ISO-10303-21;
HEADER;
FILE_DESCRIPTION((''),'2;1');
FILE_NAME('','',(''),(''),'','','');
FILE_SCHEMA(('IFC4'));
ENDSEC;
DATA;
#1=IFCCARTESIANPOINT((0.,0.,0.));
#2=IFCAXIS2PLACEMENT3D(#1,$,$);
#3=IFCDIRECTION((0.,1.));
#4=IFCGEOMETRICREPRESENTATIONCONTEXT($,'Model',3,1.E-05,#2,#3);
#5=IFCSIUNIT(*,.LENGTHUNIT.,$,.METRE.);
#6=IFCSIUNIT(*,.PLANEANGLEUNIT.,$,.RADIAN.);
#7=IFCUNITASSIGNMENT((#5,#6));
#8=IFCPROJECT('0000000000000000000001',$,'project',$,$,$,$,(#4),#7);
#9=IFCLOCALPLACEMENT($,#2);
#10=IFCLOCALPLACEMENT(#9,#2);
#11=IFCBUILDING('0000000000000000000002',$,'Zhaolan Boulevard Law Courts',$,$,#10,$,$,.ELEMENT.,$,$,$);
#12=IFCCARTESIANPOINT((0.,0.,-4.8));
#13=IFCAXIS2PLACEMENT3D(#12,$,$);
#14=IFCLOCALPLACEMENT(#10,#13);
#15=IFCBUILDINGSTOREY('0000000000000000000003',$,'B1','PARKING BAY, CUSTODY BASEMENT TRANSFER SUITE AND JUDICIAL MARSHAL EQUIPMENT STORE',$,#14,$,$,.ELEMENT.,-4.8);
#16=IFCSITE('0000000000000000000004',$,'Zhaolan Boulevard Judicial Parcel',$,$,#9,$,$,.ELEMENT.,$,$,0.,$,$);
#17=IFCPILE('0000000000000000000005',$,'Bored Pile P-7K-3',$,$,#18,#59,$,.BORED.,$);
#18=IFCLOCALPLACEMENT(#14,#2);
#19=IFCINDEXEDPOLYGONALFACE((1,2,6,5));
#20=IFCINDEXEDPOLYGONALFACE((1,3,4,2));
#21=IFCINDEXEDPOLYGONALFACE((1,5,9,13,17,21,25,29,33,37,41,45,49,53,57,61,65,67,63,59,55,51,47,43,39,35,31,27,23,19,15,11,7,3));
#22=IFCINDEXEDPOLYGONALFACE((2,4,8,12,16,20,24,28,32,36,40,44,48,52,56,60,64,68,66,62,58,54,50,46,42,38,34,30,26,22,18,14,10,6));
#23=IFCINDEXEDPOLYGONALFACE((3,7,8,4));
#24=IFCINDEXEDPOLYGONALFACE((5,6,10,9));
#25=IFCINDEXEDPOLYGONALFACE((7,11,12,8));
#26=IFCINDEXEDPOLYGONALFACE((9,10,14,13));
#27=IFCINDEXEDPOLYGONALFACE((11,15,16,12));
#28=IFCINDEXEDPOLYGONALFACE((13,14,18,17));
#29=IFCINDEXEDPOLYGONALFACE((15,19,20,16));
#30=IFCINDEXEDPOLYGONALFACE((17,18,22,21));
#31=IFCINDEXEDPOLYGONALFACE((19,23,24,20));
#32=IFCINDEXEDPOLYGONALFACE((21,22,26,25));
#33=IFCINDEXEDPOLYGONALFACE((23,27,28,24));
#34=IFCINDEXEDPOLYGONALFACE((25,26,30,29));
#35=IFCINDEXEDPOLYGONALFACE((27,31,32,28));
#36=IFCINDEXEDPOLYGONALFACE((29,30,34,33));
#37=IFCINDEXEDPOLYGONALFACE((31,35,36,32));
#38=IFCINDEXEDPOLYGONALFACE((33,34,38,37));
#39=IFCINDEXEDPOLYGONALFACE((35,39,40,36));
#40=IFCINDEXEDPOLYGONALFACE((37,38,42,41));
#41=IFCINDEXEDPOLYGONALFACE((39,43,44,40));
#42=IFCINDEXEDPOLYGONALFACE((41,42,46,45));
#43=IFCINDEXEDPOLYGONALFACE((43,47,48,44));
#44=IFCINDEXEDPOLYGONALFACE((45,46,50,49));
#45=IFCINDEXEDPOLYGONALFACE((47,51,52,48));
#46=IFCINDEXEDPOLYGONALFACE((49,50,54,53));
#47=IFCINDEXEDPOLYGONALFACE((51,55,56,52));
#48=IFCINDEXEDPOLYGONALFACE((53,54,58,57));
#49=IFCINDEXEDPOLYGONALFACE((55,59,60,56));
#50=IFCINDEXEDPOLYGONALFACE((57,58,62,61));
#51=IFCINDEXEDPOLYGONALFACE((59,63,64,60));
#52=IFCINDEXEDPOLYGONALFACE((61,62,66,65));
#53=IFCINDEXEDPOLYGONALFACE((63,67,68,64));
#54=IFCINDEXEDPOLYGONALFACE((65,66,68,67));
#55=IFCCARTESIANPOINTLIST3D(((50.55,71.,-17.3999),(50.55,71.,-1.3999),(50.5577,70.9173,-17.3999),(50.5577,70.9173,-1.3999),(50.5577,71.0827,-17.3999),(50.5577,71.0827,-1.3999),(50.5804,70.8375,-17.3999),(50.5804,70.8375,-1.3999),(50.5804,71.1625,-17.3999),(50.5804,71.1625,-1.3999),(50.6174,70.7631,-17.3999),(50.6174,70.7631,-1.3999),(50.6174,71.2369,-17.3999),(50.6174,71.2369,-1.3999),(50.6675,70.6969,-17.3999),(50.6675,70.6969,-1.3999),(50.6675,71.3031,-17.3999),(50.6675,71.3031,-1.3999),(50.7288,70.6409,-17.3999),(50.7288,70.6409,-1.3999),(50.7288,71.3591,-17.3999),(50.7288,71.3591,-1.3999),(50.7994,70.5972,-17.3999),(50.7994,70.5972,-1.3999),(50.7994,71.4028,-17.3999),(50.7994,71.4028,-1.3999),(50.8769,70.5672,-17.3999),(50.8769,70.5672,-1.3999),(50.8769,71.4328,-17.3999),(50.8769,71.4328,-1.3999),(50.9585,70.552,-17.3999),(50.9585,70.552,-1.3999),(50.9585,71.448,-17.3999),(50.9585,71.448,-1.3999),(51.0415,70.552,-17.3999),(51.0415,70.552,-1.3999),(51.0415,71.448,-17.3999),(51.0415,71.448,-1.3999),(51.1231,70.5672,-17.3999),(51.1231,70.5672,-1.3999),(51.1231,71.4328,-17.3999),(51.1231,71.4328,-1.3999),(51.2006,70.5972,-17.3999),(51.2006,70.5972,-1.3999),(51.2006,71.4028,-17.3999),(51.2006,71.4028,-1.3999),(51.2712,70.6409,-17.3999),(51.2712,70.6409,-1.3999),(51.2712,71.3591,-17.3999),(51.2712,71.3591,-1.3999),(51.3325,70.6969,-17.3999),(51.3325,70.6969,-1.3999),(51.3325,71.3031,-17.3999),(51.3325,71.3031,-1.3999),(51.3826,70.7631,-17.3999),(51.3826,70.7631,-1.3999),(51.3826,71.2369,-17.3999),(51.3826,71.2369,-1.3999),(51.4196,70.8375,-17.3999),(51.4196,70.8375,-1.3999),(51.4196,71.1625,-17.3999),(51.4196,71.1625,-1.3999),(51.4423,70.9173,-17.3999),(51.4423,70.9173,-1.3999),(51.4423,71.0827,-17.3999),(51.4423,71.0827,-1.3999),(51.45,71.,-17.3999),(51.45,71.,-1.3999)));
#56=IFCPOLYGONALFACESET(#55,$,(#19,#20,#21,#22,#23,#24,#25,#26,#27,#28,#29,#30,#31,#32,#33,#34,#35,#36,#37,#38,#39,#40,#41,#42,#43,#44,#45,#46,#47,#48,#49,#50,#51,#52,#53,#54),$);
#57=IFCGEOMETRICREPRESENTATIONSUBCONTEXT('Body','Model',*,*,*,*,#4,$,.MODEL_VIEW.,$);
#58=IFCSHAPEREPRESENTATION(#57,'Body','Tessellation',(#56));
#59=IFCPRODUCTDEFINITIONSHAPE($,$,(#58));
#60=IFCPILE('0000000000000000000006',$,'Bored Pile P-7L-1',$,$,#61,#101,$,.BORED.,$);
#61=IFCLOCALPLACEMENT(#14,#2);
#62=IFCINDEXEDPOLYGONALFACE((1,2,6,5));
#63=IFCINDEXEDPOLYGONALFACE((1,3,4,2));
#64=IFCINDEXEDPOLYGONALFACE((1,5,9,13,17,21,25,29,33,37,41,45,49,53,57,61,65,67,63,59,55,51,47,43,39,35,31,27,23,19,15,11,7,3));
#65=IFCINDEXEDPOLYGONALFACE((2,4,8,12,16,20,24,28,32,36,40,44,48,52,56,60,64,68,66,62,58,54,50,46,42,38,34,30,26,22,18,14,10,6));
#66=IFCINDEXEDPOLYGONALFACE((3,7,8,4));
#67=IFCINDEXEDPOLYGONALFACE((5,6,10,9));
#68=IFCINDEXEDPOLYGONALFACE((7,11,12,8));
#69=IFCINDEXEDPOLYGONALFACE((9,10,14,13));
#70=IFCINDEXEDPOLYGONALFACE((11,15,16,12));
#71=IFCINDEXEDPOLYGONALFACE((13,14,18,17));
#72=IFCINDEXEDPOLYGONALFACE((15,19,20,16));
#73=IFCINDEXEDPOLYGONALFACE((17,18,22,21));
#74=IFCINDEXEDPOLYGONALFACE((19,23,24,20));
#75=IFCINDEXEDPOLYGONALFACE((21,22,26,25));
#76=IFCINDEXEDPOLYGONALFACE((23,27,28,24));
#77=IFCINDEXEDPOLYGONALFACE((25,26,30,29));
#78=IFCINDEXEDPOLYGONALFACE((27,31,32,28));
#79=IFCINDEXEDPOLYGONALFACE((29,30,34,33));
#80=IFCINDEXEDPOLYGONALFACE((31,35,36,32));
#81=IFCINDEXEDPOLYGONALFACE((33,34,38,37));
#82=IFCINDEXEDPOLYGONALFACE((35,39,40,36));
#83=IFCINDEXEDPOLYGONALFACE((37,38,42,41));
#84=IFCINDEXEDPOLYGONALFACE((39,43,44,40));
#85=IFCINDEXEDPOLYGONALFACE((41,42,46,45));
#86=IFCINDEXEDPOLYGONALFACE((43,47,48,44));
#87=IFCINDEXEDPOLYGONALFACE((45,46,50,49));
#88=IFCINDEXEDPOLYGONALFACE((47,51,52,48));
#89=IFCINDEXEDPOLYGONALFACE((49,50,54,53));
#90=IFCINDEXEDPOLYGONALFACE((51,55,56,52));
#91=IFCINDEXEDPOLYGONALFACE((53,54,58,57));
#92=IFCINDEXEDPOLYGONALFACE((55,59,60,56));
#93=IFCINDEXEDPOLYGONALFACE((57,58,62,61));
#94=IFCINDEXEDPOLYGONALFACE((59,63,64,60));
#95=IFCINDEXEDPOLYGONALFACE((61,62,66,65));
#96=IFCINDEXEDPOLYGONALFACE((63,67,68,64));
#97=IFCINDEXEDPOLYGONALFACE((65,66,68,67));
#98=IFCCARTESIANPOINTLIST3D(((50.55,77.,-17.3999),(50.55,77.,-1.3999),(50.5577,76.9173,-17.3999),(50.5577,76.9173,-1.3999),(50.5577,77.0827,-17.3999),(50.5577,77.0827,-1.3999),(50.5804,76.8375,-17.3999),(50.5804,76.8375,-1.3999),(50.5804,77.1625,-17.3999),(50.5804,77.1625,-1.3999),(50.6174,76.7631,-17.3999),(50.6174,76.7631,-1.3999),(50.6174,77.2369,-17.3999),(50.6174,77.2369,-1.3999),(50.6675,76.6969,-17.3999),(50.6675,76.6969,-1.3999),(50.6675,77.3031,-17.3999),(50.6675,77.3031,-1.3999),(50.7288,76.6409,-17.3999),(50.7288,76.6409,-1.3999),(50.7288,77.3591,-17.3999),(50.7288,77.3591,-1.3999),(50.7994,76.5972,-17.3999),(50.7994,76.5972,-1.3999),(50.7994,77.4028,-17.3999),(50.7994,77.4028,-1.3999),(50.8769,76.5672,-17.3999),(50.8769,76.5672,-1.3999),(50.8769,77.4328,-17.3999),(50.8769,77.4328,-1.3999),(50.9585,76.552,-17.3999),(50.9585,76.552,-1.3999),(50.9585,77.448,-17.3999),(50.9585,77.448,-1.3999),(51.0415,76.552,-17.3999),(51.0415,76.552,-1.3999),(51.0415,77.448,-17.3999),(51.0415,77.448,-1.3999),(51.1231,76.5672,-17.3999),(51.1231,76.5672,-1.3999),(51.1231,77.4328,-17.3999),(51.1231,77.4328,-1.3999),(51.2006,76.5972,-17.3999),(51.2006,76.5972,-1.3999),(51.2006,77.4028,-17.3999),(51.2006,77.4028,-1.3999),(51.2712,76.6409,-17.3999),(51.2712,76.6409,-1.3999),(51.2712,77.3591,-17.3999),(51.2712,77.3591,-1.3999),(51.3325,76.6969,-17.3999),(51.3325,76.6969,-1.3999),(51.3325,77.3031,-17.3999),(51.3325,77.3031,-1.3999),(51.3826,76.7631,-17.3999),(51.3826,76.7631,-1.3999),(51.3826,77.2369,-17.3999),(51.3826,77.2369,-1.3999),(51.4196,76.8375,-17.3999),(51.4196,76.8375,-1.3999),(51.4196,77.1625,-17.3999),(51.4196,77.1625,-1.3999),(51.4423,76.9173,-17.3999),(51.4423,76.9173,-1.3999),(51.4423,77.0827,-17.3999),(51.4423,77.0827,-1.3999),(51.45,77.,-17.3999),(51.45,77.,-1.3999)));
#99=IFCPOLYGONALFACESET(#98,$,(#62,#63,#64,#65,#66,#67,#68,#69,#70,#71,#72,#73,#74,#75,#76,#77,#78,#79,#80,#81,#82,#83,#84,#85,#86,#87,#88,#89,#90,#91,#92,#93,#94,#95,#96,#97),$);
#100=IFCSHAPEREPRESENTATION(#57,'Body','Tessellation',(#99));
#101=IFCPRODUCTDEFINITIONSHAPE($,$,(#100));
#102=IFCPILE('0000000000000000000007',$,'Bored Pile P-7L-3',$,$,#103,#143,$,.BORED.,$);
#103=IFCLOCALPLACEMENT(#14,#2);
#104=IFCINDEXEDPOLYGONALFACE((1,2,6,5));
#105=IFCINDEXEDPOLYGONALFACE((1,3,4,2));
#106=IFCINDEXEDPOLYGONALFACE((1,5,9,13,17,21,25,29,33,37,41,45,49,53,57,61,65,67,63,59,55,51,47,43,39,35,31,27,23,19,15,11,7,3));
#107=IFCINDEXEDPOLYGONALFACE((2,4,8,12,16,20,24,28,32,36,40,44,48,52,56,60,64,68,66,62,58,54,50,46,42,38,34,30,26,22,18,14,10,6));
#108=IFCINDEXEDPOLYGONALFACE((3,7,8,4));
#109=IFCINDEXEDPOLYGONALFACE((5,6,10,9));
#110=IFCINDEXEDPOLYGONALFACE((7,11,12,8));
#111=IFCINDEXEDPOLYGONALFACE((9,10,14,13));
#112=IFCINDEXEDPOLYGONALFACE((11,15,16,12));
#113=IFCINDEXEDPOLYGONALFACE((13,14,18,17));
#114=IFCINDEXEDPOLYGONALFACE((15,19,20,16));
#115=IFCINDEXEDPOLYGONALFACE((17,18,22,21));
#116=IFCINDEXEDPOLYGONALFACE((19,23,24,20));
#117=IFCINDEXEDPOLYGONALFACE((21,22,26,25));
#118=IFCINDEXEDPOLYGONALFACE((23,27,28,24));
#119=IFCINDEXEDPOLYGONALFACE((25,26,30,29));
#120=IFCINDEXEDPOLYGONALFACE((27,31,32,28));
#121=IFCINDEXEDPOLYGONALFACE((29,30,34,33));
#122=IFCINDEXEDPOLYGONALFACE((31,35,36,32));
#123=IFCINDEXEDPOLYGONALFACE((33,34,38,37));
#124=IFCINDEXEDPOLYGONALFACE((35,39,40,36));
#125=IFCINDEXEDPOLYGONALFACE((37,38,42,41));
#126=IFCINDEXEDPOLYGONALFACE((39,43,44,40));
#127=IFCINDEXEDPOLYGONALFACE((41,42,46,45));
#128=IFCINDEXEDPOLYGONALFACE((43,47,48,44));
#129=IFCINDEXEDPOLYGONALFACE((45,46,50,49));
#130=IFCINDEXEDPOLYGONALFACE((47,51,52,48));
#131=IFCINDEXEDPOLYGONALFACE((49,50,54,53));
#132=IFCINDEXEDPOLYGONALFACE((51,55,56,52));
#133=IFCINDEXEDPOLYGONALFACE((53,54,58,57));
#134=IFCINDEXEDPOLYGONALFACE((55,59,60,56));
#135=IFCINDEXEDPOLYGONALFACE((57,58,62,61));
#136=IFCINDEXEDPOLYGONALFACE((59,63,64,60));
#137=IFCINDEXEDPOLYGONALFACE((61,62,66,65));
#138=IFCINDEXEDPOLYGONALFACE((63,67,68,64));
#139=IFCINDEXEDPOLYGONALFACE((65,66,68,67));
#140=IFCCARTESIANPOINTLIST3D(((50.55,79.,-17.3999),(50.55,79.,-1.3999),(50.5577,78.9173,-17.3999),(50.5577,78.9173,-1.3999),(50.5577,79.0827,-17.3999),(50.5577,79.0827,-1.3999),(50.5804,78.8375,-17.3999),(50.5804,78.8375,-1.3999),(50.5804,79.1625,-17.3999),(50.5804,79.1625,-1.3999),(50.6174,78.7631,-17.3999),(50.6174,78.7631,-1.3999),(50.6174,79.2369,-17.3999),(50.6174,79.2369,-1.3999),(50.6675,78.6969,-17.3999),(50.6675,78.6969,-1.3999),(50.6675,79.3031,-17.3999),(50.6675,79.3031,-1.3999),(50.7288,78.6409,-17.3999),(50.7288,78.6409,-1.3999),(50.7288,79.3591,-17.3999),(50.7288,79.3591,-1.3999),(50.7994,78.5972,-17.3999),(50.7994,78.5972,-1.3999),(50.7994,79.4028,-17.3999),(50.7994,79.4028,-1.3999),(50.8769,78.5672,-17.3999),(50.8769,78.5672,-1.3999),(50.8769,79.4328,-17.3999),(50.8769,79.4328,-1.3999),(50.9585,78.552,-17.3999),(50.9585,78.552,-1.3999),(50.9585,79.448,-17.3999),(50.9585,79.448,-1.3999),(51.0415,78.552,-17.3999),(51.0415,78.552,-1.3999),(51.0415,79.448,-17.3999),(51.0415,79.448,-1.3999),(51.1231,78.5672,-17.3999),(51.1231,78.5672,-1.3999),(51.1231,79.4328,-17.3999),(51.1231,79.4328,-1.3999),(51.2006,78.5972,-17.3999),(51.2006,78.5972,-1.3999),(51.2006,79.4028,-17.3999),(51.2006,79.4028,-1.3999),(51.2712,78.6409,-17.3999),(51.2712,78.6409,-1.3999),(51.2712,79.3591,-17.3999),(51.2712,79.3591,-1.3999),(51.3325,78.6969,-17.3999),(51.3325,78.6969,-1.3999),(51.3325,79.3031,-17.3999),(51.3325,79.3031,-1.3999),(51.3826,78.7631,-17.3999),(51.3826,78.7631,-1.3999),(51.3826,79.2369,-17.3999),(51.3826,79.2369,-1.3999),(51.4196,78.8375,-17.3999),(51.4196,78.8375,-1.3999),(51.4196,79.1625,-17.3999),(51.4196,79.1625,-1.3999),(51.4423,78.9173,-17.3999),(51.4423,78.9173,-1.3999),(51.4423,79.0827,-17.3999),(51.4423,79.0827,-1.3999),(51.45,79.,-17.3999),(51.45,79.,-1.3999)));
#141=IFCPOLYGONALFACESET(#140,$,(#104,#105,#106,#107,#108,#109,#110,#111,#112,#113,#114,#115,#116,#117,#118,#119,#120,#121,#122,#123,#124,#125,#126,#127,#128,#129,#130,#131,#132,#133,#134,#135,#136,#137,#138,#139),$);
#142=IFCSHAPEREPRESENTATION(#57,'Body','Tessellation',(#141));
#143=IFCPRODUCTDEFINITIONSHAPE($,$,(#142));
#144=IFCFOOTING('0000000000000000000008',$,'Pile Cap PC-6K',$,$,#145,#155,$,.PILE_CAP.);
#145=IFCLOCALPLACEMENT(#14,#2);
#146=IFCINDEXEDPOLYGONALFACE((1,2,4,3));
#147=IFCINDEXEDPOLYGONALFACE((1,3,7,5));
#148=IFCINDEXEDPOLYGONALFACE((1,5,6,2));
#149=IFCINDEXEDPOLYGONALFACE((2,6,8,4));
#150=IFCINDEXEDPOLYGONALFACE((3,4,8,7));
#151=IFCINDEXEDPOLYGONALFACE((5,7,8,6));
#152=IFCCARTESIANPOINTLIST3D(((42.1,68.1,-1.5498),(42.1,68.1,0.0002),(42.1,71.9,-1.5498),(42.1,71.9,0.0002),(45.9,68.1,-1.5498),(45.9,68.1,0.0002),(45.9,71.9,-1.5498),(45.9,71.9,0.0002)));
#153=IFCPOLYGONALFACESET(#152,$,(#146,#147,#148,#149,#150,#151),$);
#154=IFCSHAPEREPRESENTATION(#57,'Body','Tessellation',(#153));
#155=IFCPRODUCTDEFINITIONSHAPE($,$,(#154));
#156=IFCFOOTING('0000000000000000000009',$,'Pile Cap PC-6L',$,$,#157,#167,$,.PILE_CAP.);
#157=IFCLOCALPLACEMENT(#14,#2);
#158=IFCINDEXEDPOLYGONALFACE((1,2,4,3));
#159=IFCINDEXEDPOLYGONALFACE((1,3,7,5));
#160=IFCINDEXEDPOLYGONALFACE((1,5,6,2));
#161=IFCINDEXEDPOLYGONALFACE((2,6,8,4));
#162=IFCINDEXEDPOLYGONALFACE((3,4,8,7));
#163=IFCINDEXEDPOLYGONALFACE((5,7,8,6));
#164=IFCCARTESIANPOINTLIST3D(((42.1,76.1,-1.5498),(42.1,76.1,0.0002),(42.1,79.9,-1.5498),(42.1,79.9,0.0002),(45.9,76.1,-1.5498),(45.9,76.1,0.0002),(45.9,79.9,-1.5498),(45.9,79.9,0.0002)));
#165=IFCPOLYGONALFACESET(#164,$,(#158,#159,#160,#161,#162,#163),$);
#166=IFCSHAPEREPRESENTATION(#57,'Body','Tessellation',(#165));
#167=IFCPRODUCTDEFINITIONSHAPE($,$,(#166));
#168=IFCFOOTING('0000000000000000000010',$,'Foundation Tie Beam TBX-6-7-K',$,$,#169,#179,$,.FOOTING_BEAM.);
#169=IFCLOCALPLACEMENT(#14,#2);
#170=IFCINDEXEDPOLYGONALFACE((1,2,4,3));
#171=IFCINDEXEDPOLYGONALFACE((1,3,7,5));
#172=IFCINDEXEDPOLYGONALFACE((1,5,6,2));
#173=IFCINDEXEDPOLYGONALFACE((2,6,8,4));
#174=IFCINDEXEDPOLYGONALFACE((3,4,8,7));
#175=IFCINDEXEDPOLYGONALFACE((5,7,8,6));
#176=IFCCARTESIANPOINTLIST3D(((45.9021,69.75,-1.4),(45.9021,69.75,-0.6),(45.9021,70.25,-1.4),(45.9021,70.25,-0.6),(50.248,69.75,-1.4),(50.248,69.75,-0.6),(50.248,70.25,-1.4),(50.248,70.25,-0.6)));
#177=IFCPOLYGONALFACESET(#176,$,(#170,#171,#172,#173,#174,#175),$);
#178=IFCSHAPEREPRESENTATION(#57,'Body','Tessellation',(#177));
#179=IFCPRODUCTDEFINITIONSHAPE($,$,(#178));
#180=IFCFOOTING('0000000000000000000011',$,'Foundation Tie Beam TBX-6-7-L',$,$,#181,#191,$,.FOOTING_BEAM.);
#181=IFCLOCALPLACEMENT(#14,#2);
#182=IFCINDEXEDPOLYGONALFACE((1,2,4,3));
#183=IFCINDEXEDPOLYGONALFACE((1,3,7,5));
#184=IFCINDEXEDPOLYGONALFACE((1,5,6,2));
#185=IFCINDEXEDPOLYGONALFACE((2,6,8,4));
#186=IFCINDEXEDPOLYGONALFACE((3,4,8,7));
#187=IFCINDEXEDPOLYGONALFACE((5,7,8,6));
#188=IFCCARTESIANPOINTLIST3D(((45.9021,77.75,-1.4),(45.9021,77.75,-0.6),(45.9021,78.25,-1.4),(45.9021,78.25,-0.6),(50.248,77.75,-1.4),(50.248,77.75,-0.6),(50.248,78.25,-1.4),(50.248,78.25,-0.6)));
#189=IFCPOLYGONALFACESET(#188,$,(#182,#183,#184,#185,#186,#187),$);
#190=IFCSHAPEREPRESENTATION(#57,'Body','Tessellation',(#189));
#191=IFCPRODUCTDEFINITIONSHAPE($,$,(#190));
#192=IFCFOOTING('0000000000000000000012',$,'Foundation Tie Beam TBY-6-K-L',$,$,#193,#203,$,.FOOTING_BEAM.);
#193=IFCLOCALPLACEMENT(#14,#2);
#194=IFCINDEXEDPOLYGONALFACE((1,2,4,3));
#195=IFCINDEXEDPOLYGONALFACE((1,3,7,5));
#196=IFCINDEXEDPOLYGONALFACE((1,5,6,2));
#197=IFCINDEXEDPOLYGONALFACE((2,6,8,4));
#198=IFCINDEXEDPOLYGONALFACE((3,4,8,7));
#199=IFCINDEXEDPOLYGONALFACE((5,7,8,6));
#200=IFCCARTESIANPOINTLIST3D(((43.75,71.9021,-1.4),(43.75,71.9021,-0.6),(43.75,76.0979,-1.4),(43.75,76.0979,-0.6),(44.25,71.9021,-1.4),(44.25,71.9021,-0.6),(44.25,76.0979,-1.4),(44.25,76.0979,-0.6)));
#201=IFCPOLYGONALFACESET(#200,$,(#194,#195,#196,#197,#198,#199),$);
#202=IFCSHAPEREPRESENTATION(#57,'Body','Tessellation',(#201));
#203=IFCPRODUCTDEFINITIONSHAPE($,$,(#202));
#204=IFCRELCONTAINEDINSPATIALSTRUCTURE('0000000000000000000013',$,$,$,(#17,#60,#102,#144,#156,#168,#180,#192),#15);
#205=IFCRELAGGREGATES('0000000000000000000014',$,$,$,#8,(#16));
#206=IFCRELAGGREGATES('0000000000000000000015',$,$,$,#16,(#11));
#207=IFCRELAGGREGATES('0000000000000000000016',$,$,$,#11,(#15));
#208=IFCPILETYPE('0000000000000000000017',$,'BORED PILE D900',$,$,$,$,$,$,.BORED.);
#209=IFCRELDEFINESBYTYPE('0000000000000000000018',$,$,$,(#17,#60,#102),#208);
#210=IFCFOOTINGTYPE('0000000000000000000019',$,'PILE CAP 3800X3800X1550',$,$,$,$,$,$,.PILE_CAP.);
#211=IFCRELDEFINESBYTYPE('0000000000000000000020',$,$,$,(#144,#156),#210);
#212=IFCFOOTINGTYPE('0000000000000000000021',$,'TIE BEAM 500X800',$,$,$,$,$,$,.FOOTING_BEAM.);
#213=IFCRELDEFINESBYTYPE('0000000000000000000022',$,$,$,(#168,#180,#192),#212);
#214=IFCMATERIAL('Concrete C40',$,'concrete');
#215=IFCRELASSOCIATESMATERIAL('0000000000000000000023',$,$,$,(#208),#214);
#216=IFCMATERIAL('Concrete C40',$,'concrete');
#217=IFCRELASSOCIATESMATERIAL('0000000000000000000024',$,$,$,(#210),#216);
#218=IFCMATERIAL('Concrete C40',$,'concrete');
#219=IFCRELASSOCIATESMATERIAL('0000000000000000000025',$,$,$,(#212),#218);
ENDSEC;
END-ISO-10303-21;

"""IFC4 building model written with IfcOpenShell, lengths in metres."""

from ifc_helpers import new_model, si_unit, direction, frame, origin, origin_2d, place, context, subcontext, project, spatial, rectangle, circle, extrude, material, material_profile, profile_set, type_object, element, save


model = new_model("IFC4")

# Units and contexts
model_context = context("Model", 3, precision=1e-05, world=origin(), true_north=direction((0.0, 1.0)))
body_context = subcontext(model_context, "Body", "Model", "MODEL_VIEW")
ifc_project = project(units=[si_unit("LENGTHUNIT", "METRE"), si_unit("PLANEANGLEUNIT", "RADIAN")], contexts=[model_context])

# Site, building, storey
site_placement = place(None, origin())
site = spatial("IfcSite", under=ifc_project, at=site_placement, Name="Zhaolan Boulevard Judicial Parcel", CompositionType="ELEMENT", RefElevation=0.0)
building_placement = place(site_placement, origin())
building = spatial("IfcBuilding", under=site, at=building_placement, Name="Zhaolan Boulevard Law Courts", CompositionType="ELEMENT")
storey_placement = place(building_placement, frame((0.0, 0.0, -4.8)))
storey = spatial("IfcBuildingStorey", under=building, at=storey_placement, Name="B1", Description="PARKING BAY, CUSTODY BASEMENT TRANSFER SUITE AND JUDICIAL MARSHAL EQUIPMENT STORE", CompositionType="ELEMENT", Elevation=-4.8)

# Piles
ifc_material_1 = material(Name="Concrete C40", Category="concrete")
ifc_material_profile_1 = material_profile(ifc_material_1, circle(Radius=0.45, at=origin_2d()), Name="PILE-D900")
ifc_profile_set_1 = profile_set([ifc_material_profile_1], Name="Concrete C40")
pile_type_1 = type_object("IfcPileType", Name="BORED PILE D900", PredefinedType="BORED", material=ifc_profile_set_1)
for number, where, z_axis, x_axis, name in (
    (1, (51.0, 71.0, -1.3999), (0.0, 0.0, -1.0), (1.0, 0.0, 0.0), "Bored Pile P-7K-3"),
    (2, (51.0, 77.0, -1.3999), (0.0, 0.0, -1.0), (1.0, 0.0, 0.0), "Bored Pile P-7L-1"),
    (3, (51.0, 79.0, -1.3999), (0.0, 0.0, -1.0), (1.0, 0.0, 0.0), "Bored Pile P-7L-3"),
):
    element("IfcPile", number, at=place(storey_placement, frame(where, z_axis=z_axis, x_axis=x_axis)), inside=storey, type_object=pile_type_1, Name=name, PredefinedType="BORED", context=body_context, shape_type="SweptSolid", body=[
        extrude(circle(Radius=0.45, at=origin_2d()), origin(), (0.0, 0.0, 1.0), 16.0),
    ])

# Footings
ifc_material_2 = material(Name="Concrete C40", Category="concrete")
footing_type_1 = type_object("IfcFootingType", Name="PILE CAP 3800X3800X1550", PredefinedType="PILE_CAP", material=ifc_material_2)
for number, where, z_axis, x_axis, name in (
    (4, (44.0, 70.0, -1.5498), (0.0, 0.0, 1.0), (1.0, 0.0, 0.0), "Pile Cap PC-6K"),
    (5, (44.0, 78.0, -1.5498), (0.0, 0.0, 1.0), (1.0, 0.0, 0.0), "Pile Cap PC-6L"),
):
    element("IfcFooting", number, at=place(storey_placement, frame(where, z_axis=z_axis, x_axis=x_axis)), inside=storey, type_object=footing_type_1, Name=name, PredefinedType="PILE_CAP", context=body_context, shape_type="SweptSolid", body=[
        extrude(rectangle(XDim=3.8, YDim=3.8, at=origin_2d()), origin(), (0.0, 0.0, 1.0), 1.55),
    ])
ifc_material_3 = material(Name="Concrete C40", Category="concrete")
ifc_material_profile_2 = material_profile(ifc_material_3, rectangle(XDim=0.5, YDim=0.8, at=origin_2d()), Name="RC500x800")
ifc_profile_set_2 = profile_set([ifc_material_profile_2], Name="Concrete C40")
footing_type_2 = type_object("IfcFootingType", Name="TIE BEAM 500X800", PredefinedType="FOOTING_BEAM", material=ifc_profile_set_2)
for number, where, z_axis, x_axis, name in (
    (6, (45.9021, 70.0, -1.0), (1.0, 0.0, 0.0), (0.0, 1.0, 0.0), "Foundation Tie Beam TBX-6-7-K"),
    (7, (45.9021, 78.0, -1.0), (1.0, 0.0, 0.0), (0.0, 1.0, 0.0), "Foundation Tie Beam TBX-6-7-L"),
):
    element("IfcFooting", number, at=place(storey_placement, frame(where, z_axis=z_axis, x_axis=x_axis)), inside=storey, type_object=footing_type_2, Name=name, PredefinedType="FOOTING_BEAM", context=body_context, shape_type="SweptSolid", body=[
        extrude(rectangle(XDim=0.5, YDim=0.8, at=origin_2d()), origin(), (0.0, 0.0, 1.0), 4.3459),
    ])
footing_placement = place(storey_placement, frame((44.0, 71.9021, -1.0), z_axis=(0.0, 1.0, 0.0), x_axis=(-1.0, 0.0, 0.0)))
element("IfcFooting", 8, at=footing_placement, inside=storey, type_object=footing_type_2, Name="Foundation Tie Beam TBY-6-K-L", PredefinedType="FOOTING_BEAM", context=body_context, shape_type="SweptSolid", body=[
    extrude(rectangle(XDim=0.5, YDim=0.8, at=origin_2d()), origin(), (0.0, 0.0, 1.0), 4.1958),
])

save(model, "model.ifc")
